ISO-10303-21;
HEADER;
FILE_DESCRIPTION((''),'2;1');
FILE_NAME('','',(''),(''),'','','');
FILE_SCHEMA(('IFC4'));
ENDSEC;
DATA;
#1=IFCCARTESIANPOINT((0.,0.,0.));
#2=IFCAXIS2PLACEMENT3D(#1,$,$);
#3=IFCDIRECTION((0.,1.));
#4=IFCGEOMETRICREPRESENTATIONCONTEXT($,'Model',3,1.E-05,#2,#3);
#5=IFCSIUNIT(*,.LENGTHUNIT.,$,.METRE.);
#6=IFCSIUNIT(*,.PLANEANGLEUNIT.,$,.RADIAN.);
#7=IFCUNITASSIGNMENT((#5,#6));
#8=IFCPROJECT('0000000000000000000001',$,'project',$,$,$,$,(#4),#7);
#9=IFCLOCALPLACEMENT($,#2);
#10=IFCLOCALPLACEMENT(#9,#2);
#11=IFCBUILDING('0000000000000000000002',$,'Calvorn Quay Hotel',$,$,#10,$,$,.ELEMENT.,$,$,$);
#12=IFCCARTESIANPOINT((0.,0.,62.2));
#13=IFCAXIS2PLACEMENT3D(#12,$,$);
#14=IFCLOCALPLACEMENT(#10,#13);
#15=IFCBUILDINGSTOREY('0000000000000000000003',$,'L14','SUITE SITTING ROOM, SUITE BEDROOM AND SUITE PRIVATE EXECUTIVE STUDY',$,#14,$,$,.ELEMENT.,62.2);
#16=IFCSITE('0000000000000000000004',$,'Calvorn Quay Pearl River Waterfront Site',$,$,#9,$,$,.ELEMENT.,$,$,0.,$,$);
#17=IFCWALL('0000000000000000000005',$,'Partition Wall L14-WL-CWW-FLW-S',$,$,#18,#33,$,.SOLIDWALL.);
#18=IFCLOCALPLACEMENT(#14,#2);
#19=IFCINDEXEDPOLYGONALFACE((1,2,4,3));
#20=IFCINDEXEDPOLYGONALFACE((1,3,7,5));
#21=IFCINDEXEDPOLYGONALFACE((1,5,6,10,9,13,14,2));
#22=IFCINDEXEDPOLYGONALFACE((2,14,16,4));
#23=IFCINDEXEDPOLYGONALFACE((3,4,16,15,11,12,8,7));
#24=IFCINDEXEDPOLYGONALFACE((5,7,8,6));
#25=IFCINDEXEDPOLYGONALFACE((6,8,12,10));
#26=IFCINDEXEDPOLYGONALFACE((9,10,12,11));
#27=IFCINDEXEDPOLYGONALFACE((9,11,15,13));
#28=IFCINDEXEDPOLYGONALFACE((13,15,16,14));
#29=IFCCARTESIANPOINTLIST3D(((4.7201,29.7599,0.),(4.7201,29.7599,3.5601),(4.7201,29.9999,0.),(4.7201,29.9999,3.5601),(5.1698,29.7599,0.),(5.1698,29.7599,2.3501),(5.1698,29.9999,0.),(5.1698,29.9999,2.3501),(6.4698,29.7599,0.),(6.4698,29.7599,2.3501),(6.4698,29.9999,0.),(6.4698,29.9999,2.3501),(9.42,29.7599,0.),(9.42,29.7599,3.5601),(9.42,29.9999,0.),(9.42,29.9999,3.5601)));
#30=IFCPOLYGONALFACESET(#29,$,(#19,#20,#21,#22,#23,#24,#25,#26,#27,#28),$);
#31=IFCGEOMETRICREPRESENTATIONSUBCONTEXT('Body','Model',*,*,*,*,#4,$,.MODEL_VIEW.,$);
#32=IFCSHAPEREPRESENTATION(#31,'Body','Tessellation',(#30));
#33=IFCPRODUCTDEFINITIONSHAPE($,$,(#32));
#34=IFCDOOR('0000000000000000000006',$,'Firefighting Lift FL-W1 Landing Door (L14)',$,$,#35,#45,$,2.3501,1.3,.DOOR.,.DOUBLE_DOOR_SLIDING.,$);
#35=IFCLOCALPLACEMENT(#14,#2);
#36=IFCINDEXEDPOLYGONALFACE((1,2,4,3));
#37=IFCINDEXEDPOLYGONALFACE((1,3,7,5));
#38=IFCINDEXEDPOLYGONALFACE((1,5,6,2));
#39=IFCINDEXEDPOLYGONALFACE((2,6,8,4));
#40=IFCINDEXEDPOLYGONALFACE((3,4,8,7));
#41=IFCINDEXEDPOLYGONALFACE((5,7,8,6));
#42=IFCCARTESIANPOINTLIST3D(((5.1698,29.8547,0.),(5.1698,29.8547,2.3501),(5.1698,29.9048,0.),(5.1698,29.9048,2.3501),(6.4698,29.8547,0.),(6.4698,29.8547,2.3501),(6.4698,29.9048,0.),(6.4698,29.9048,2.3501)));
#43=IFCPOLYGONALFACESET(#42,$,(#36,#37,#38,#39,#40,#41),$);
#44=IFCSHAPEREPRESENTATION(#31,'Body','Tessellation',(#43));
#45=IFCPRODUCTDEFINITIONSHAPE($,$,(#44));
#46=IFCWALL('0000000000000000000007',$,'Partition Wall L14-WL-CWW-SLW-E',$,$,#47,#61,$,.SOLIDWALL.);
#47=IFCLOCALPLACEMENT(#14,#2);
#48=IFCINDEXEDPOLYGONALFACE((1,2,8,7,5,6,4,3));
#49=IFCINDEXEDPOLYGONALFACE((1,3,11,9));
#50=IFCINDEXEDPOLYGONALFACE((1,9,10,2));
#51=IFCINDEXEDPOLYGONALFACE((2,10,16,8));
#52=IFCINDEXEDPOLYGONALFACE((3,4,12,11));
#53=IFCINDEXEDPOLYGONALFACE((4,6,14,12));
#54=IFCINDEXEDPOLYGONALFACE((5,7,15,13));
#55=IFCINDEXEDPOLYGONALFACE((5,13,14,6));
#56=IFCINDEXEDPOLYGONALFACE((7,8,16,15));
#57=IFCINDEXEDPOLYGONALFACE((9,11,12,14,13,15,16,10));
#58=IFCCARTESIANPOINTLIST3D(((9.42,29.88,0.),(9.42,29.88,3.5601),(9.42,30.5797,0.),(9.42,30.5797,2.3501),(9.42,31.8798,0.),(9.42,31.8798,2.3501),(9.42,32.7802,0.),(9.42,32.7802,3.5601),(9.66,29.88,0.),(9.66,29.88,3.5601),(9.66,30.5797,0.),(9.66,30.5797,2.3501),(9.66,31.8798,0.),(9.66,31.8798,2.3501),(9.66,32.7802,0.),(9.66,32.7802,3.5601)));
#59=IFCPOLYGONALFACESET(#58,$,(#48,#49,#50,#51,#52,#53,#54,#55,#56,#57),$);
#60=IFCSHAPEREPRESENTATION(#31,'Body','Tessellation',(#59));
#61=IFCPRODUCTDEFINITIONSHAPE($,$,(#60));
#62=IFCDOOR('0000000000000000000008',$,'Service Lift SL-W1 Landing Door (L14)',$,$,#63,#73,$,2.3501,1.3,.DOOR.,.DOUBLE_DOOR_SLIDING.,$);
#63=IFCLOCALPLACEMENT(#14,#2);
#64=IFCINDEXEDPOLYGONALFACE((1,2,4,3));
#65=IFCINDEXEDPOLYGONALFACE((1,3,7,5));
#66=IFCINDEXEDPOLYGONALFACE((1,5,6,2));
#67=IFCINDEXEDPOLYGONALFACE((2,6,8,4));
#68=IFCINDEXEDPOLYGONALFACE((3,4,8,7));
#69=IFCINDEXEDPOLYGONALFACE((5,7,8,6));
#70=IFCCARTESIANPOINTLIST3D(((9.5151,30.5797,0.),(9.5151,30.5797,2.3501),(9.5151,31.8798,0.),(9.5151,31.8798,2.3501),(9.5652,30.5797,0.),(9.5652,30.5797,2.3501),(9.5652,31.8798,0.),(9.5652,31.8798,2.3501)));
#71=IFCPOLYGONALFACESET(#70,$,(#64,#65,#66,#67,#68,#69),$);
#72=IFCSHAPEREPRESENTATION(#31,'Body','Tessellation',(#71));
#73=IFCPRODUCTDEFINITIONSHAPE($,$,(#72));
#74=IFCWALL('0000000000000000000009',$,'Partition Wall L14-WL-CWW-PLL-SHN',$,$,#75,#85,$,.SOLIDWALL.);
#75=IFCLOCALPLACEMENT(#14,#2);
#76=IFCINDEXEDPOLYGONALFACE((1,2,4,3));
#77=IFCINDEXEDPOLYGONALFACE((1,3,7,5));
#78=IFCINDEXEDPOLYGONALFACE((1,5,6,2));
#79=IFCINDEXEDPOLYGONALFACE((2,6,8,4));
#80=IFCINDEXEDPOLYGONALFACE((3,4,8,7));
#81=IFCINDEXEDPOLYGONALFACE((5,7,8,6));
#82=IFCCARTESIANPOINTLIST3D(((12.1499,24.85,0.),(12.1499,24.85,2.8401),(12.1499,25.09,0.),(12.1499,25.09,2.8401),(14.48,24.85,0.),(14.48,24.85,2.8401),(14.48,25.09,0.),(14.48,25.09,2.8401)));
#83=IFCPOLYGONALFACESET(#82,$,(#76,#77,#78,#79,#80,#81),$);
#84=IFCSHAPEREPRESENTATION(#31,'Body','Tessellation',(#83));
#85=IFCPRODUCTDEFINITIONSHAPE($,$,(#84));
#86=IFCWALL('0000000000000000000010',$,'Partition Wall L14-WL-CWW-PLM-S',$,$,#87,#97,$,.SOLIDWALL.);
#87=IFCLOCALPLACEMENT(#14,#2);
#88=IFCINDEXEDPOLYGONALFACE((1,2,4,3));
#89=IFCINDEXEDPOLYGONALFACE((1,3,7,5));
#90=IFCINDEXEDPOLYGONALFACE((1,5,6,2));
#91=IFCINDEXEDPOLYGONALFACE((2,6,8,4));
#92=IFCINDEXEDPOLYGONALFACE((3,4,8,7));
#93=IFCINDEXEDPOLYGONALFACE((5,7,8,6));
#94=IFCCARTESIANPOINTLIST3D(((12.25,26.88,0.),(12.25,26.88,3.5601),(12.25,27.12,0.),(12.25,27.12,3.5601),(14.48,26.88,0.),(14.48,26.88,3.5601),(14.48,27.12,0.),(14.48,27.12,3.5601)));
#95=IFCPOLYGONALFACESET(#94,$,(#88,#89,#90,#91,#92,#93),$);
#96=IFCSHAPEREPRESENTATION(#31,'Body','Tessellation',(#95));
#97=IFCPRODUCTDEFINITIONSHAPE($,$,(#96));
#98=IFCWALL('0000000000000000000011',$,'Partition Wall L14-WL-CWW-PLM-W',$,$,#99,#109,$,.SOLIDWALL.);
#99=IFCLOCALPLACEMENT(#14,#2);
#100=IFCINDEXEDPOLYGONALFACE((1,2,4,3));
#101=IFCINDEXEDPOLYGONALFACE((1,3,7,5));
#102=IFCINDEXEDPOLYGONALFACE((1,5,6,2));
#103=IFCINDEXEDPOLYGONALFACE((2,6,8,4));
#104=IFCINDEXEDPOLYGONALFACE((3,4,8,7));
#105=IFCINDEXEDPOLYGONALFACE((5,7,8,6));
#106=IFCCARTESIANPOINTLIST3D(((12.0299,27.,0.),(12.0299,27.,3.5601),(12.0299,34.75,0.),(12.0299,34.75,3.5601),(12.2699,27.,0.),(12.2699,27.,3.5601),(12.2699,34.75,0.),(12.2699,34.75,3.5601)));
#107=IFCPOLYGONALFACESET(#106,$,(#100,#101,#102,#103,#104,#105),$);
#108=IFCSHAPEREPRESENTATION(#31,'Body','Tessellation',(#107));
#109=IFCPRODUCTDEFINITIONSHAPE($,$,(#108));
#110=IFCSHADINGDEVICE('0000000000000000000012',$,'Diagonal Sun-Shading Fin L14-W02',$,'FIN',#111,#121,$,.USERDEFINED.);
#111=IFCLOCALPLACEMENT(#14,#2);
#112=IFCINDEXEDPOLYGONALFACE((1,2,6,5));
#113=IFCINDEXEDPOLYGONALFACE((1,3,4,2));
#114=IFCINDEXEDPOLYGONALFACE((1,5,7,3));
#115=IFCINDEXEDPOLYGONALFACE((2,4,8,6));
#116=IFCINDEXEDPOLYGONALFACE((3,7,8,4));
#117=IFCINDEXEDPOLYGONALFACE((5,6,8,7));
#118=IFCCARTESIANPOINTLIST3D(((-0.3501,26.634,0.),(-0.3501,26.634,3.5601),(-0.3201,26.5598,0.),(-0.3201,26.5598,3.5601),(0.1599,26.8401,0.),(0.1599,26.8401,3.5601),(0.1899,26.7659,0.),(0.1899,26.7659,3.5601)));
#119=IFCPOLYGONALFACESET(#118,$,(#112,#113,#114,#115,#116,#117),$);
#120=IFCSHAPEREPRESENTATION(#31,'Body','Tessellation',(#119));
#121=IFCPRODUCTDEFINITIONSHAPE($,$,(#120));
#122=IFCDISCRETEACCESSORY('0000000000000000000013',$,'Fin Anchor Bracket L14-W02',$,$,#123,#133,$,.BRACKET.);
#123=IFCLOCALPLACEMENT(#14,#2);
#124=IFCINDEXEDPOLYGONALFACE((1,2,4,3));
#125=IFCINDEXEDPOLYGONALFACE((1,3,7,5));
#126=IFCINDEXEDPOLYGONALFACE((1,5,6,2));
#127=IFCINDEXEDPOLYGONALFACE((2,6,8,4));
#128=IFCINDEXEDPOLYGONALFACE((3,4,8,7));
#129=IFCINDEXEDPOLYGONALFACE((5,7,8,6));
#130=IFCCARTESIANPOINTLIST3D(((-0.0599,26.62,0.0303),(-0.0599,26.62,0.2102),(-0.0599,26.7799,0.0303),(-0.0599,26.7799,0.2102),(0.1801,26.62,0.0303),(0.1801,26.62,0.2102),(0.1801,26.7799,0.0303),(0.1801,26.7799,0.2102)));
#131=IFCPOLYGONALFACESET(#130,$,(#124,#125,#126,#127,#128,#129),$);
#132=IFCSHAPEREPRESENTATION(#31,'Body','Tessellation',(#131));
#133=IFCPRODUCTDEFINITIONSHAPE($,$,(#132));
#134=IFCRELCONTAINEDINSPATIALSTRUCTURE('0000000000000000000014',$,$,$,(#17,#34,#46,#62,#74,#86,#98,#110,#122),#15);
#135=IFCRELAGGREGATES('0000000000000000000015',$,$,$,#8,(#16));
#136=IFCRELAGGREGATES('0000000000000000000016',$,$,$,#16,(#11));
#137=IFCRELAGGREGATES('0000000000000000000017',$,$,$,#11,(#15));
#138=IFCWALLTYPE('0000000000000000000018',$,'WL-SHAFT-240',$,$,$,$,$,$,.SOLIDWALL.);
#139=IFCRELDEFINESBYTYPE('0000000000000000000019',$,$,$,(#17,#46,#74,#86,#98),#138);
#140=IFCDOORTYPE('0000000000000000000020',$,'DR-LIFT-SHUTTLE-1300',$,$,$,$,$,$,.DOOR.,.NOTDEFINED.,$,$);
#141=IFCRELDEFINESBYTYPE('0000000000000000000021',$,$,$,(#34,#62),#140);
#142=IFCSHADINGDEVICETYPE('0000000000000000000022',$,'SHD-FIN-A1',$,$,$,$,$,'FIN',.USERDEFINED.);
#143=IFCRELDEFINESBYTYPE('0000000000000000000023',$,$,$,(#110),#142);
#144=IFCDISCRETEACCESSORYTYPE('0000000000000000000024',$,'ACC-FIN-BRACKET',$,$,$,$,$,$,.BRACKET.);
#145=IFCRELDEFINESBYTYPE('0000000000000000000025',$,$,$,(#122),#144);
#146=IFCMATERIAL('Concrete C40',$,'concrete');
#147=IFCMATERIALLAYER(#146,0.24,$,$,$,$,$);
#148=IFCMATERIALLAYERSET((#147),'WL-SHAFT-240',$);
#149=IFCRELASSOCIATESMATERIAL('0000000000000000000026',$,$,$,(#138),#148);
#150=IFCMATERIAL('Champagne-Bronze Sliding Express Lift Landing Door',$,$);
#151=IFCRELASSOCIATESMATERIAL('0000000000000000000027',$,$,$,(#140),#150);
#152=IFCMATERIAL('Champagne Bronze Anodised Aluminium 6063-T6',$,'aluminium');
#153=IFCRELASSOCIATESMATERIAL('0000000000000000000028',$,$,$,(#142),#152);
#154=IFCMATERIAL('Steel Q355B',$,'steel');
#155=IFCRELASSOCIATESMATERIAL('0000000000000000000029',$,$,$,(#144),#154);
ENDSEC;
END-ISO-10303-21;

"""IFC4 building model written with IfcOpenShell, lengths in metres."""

from ifc_helpers import new_model, si_unit, direction, frame, frame_2d, origin, origin_2d, place, context, subcontext, project, spatial, rectangle, extrude, material, layer, layer_set, type_object, element, fill, save


model = new_model("IFC4")

# Units and contexts
model_context = context("Model", 3, precision=1e-05, world=origin(), true_north=direction((0.0, 1.0)))
body_context = subcontext(model_context, "Body", "Model", "MODEL_VIEW")
ifc_project = project(units=[si_unit("LENGTHUNIT", "METRE"), si_unit("PLANEANGLEUNIT", "RADIAN")], contexts=[model_context])

# Site, building, storey
site_placement = place(None, origin())
site = spatial("IfcSite", under=ifc_project, at=site_placement, Name="Calvorn Quay Pearl River Waterfront Site", CompositionType="ELEMENT", RefElevation=0.0)
building_placement = place(site_placement, origin())
building = spatial("IfcBuilding", under=site, at=building_placement, Name="Calvorn Quay Hotel", CompositionType="ELEMENT")
storey_placement = place(building_placement, frame((0.0, 0.0, 62.2)))
storey = spatial("IfcBuildingStorey", under=building, at=storey_placement, Name="L14", Description="SUITE SITTING ROOM, SUITE BEDROOM AND SUITE PRIVATE EXECUTIVE STUDY", CompositionType="ELEMENT", Elevation=62.2)

# Shared definitions
ifc_material_1 = material(Name="Concrete C40", Category="concrete")
ifc_layer_1 = layer(ifc_material_1, 0.24)
ifc_layer_set_1 = layer_set([ifc_layer_1], Name="WL-SHAFT-240")
wall_type_1 = type_object("IfcWallType", Name="WL-SHAFT-240", PredefinedType="SOLIDWALL", material=ifc_layer_set_1)

# Walls, openings, doors
wall_1_placement = place(storey_placement, frame((4.72, 29.8799, 0.0), z_axis=(0.0, 0.0, 1.0), x_axis=(1.0, 0.0, 0.0)))
wall_1 = element("IfcWall", 1, at=wall_1_placement, inside=storey, type_object=wall_type_1, Name="Partition Wall L14-WL-CWW-FLW-S", PredefinedType="SOLIDWALL", context=body_context, shape_type="SweptSolid", body=[
    extrude(rectangle(XDim=4.7, YDim=0.24, at=frame_2d((2.3501, 0.0))), origin(), (0.0, 0.0, 1.0), 3.5601),
])
opening_1_placement = place(wall_1_placement, frame((0.45, 0.0, 0.0)))
opening_1 = element("IfcOpeningElement", 2, at=opening_1_placement, cuts=wall_1, PredefinedType="OPENING", context=body_context, shape_type="SweptSolid", body=[
    extrude(rectangle(XDim=1.3, YDim=2.3501, at=frame_2d((0.6499, 1.175))), frame((0.0, 0.1299, 0.0), z_axis=(0.0, -1.0, 0.0), x_axis=(1.0, 0.0, 0.0)), (0.0, 0.0, 1.0), 0.26),
])
ifc_material_2 = material(Name="Champagne-Bronze Sliding Express Lift Landing Door")
door_type_1 = type_object("IfcDoorType", Name="DR-LIFT-SHUTTLE-1300", OperationType="NOTDEFINED", PredefinedType="DOOR", material=ifc_material_2)
door_1_placement = place(opening_1_placement, origin())
door_1 = element("IfcDoor", 3, at=door_1_placement, inside=storey, type_object=door_type_1, Name="Firefighting Lift FL-W1 Landing Door (L14)", OperationType="DOUBLE_DOOR_SLIDING", OverallHeight=2.3501, OverallWidth=1.3, PredefinedType="DOOR", context=body_context, shape_type="SweptSolid", body=[
    extrude(rectangle(XDim=1.3, YDim=2.3501, at=frame_2d((0.6499, 1.175))), frame((0.0, 0.0249, 0.0), z_axis=(0.0, -1.0, 0.0), x_axis=(1.0, 0.0, 0.0)), (0.0, 0.0, 1.0), 0.05),
])
fill(opening_1, door_1)
wall_2_placement = place(storey_placement, frame((9.54, 29.8799, 0.0), z_axis=(0.0, 0.0, 1.0), x_axis=(0.0, 1.0, 0.0)))
wall_2 = element("IfcWall", 4, at=wall_2_placement, inside=storey, type_object=wall_type_1, Name="Partition Wall L14-WL-CWW-SLW-E", PredefinedType="SOLIDWALL", context=body_context, shape_type="SweptSolid", body=[
    extrude(rectangle(XDim=2.9001, YDim=0.24, at=frame_2d((1.4502, 0.0))), origin(), (0.0, 0.0, 1.0), 3.5601),
])
opening_2_placement = place(wall_2_placement, frame((0.7, 0.0, 0.0)))
opening_2 = element("IfcOpeningElement", 5, at=opening_2_placement, cuts=wall_2, PredefinedType="OPENING", context=body_context, shape_type="SweptSolid", body=[
    extrude(rectangle(XDim=1.3, YDim=2.3501, at=frame_2d((0.6499, 1.175))), frame((0.0, 0.1299, 0.0), z_axis=(0.0, -1.0, 0.0), x_axis=(1.0, 0.0, 0.0)), (0.0, 0.0, 1.0), 0.26),
])
door_2_placement = place(opening_2_placement, origin())
door_2 = element("IfcDoor", 6, at=door_2_placement, inside=storey, type_object=door_type_1, Name="Service Lift SL-W1 Landing Door (L14)", OperationType="DOUBLE_DOOR_SLIDING", OverallHeight=2.3501, OverallWidth=1.3, PredefinedType="DOOR", context=body_context, shape_type="SweptSolid", body=[
    extrude(rectangle(XDim=1.3, YDim=2.3501, at=frame_2d((0.6499, 1.175))), frame((0.0, 0.0249, 0.0), z_axis=(0.0, -1.0, 0.0), x_axis=(1.0, 0.0, 0.0)), (0.0, 0.0, 1.0), 0.05),
])
fill(opening_2, door_2)

# Walls
wall_3_placement = place(storey_placement, frame((12.1499, 24.97, 0.0), z_axis=(0.0, 0.0, 1.0), x_axis=(1.0, 0.0, 0.0)))
element("IfcWall", 7, at=wall_3_placement, inside=storey, type_object=wall_type_1, Name="Partition Wall L14-WL-CWW-PLL-SHN", PredefinedType="SOLIDWALL", context=body_context, shape_type="SweptSolid", body=[
    extrude(rectangle(XDim=2.3301, YDim=0.24, at=frame_2d((1.165, 0.0))), origin(), (0.0, 0.0, 1.0), 2.8401),
])
wall_4_placement = place(storey_placement, frame((12.25, 27.0, 0.0), z_axis=(0.0, 0.0, 1.0), x_axis=(1.0, 0.0, 0.0)))
element("IfcWall", 8, at=wall_4_placement, inside=storey, type_object=wall_type_1, Name="Partition Wall L14-WL-CWW-PLM-S", PredefinedType="SOLIDWALL", context=body_context, shape_type="SweptSolid", body=[
    extrude(rectangle(XDim=2.23, YDim=0.24, at=frame_2d((1.115, 0.0))), origin(), (0.0, 0.0, 1.0), 3.5601),
])
wall_5_placement = place(storey_placement, frame((12.1499, 27.0, 0.0), z_axis=(0.0, 0.0, 1.0), x_axis=(0.0, 1.0, 0.0)))
element("IfcWall", 9, at=wall_5_placement, inside=storey, type_object=wall_type_1, Name="Partition Wall L14-WL-CWW-PLM-W", PredefinedType="SOLIDWALL", context=body_context, shape_type="SweptSolid", body=[
    extrude(rectangle(XDim=7.75, YDim=0.24, at=frame_2d((3.875, 0.0))), origin(), (0.0, 0.0, 1.0), 3.5601),
])

# Shading device
ifc_material_3 = material(Name="Champagne Bronze Anodised Aluminium 6063-T6", Category="aluminium")
shading_device_type = type_object("IfcShadingDeviceType", Name="SHD-FIN-A1", ElementType="FIN", PredefinedType="USERDEFINED", material=ifc_material_3)
shading_device_placement = place(storey_placement, frame((-0.0801, 26.7, 0.0), z_axis=(0.0, 0.0, 1.0), x_axis=(0.927184, 0.374607, 0.0)))
element("IfcShadingDevice", 10, at=shading_device_placement, inside=storey, type_object=shading_device_type, Name="Diagonal Sun-Shading Fin L14-W02", ObjectType="FIN", PredefinedType="USERDEFINED", context=body_context, shape_type="SweptSolid", body=[
    extrude(rectangle(XDim=0.55, YDim=0.0801, at=origin_2d()), origin(), (0.0, 0.0, 1.0), 3.5601),
])

# Discrete accessory
ifc_material_4 = material(Name="Steel Q355B", Category="steel")
discrete_accessory_type = type_object("IfcDiscreteAccessoryType", Name="ACC-FIN-BRACKET", PredefinedType="BRACKET", material=ifc_material_4)
discrete_accessory_placement = place(storey_placement, frame((0.0601, 26.7, 0.0303), z_axis=(0.0, 0.0, 1.0), x_axis=(1.0, 0.0, 0.0)))
element("IfcDiscreteAccessory", 11, at=discrete_accessory_placement, inside=storey, type_object=discrete_accessory_type, Name="Fin Anchor Bracket L14-W02", PredefinedType="BRACKET", context=body_context, shape_type="SweptSolid", body=[
    extrude(rectangle(XDim=0.24, YDim=0.1599, at=origin_2d()), origin(), (0.0, 0.0, 1.0), 0.1799),
])

save(model, "model.ifc")
